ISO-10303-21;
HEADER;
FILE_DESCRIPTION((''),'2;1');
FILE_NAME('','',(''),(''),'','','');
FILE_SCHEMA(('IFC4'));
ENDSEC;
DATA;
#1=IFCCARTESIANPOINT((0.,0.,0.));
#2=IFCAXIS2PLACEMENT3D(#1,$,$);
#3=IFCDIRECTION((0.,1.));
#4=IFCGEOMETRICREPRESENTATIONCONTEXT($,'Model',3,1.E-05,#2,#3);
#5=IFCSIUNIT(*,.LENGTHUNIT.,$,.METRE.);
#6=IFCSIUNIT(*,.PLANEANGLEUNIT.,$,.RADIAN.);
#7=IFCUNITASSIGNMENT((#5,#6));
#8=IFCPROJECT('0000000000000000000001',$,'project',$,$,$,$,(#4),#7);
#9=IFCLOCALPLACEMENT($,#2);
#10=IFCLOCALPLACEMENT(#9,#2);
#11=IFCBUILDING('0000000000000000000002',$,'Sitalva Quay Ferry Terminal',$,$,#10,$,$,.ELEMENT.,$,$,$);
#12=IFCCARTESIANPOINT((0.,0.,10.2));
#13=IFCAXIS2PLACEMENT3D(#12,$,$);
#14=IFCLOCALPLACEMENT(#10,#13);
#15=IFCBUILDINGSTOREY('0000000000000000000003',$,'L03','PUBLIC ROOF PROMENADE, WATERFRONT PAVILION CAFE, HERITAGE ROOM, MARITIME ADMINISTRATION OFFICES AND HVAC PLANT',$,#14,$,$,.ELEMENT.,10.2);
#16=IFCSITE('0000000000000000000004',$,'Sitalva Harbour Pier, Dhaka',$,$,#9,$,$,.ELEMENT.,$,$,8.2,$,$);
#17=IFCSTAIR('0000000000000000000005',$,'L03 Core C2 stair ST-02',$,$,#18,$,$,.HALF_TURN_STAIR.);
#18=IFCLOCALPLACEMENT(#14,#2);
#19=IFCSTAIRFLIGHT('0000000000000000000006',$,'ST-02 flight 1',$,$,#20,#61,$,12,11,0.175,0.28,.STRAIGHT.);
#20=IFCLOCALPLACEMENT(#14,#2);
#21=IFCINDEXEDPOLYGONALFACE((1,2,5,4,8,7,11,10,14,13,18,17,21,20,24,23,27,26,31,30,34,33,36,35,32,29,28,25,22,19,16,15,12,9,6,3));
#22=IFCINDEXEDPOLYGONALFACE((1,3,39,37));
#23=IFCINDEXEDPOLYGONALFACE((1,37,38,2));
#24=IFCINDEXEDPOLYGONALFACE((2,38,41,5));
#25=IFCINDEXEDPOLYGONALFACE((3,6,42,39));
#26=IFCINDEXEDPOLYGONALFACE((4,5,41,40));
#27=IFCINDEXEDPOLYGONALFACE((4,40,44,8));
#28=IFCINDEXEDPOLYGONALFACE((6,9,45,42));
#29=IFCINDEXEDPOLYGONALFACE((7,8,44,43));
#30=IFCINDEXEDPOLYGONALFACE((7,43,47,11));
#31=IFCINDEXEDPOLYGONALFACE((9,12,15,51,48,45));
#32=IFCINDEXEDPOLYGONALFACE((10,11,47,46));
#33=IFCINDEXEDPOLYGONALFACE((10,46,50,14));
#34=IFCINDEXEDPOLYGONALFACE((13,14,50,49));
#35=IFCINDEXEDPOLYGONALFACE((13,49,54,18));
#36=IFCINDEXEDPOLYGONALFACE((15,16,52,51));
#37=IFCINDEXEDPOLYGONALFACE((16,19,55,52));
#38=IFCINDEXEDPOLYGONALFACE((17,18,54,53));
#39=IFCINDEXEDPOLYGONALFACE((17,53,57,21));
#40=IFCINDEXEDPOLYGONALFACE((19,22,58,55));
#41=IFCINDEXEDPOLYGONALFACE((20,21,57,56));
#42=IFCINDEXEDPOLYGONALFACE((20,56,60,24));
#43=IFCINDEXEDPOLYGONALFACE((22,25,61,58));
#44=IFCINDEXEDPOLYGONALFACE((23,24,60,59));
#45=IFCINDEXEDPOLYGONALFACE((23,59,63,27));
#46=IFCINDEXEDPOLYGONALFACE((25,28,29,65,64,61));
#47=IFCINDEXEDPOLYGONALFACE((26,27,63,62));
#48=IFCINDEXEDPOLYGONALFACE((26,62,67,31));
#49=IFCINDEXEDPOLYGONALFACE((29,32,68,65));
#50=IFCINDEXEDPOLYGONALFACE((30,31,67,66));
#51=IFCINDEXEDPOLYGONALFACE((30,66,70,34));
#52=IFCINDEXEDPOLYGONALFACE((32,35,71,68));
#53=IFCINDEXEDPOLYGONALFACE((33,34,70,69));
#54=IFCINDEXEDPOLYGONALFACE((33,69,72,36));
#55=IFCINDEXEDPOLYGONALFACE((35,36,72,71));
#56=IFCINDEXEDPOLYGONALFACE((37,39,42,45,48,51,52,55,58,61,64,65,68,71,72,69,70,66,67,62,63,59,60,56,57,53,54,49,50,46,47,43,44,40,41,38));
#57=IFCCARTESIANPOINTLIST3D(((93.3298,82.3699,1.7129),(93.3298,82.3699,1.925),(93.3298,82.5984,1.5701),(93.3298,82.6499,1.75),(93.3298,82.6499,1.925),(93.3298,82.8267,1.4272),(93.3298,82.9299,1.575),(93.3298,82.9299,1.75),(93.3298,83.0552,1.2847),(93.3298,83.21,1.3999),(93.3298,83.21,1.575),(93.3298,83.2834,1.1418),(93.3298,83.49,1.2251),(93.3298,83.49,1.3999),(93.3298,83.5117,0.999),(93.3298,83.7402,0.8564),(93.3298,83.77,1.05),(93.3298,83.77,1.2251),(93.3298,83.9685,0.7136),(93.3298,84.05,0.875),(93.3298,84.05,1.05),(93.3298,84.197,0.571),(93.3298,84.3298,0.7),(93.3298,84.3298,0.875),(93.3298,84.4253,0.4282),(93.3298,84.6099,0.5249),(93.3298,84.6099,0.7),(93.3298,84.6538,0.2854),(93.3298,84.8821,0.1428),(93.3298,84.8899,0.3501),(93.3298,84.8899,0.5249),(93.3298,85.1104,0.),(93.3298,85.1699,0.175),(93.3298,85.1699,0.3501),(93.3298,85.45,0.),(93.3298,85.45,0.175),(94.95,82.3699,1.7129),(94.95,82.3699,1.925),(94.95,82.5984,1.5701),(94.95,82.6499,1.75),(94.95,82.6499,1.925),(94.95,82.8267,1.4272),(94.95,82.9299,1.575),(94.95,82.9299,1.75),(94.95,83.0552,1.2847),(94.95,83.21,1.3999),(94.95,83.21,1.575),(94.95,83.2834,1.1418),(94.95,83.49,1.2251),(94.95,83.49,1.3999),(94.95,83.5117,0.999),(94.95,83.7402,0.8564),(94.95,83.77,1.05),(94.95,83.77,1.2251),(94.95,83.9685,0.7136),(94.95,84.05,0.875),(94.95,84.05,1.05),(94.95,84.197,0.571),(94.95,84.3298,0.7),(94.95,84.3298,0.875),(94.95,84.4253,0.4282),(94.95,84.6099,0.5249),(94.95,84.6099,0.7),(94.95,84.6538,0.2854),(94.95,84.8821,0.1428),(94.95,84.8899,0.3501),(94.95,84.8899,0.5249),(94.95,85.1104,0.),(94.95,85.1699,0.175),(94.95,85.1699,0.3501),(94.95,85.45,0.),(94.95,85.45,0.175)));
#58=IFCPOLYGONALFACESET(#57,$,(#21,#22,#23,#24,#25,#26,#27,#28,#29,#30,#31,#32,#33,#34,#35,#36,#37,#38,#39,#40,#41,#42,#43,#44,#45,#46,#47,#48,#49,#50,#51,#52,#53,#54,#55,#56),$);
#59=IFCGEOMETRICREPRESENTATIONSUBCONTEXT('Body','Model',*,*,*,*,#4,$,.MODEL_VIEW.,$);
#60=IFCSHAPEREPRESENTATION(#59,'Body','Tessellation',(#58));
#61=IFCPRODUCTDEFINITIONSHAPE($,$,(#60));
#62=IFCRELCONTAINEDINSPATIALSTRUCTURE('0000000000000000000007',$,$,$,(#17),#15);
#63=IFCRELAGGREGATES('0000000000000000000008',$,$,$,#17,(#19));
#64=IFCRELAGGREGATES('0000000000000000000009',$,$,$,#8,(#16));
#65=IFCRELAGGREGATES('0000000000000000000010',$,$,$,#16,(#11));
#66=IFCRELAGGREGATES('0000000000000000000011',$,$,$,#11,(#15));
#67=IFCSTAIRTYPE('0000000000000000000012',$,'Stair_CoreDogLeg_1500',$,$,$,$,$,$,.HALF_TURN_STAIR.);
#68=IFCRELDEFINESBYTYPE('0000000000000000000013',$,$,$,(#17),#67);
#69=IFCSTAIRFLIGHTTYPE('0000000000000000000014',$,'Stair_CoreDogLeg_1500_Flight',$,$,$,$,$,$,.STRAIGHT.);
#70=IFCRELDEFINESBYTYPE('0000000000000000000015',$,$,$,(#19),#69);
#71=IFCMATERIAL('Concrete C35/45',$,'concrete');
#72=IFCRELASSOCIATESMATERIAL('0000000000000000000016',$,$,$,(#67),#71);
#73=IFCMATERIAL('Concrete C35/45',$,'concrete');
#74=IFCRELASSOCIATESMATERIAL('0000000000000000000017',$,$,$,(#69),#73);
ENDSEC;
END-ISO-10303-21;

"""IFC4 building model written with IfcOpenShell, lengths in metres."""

from ifc_helpers import new_model, si_unit, direction, frame, origin, place, context, subcontext, project, spatial, polyline, outline, extrude, material, type_object, element, aggregate, save


model = new_model("IFC4")

# Units and contexts
model_context = context("Model", 3, precision=1e-05, world=origin(), true_north=direction((0.0, 1.0)))
body_context = subcontext(model_context, "Body", "Model", "MODEL_VIEW")
ifc_project = project(units=[si_unit("LENGTHUNIT", "METRE"), si_unit("PLANEANGLEUNIT", "RADIAN")], contexts=[model_context])

# Site, building, storey
site_placement = place(None, origin())
site = spatial("IfcSite", under=ifc_project, at=site_placement, Name="Sitalva Harbour Pier, Dhaka", CompositionType="ELEMENT", RefElevation=8.2)
building_placement = place(site_placement, origin())
building = spatial("IfcBuilding", under=site, at=building_placement, Name="Sitalva Quay Ferry Terminal", CompositionType="ELEMENT")
storey_placement = place(building_placement, frame((0.0, 0.0, 10.2)))
storey = spatial("IfcBuildingStorey", under=building, at=storey_placement, Name="L03", Description="PUBLIC ROOF PROMENADE, WATERFRONT PAVILION CAFE, HERITAGE ROOM, MARITIME ADMINISTRATION OFFICES AND HVAC PLANT", CompositionType="ELEMENT", Elevation=10.2)

# Stair, stair flight
ifc_material_1 = material(Name="Concrete C35/45", Category="concrete")
stair_type = type_object("IfcStairType", Name="Stair_CoreDogLeg_1500", PredefinedType="HALF_TURN_STAIR", material=ifc_material_1)
stair_placement = place(storey_placement, origin())
stair = element("IfcStair", 1, at=stair_placement, inside=storey, type_object=stair_type, Name="L03 Core C2 stair ST-02", PredefinedType="HALF_TURN_STAIR")
ifc_material_2 = material(Name="Concrete C35/45", Category="concrete")
stair_flight_type = type_object("IfcStairFlightType", Name="Stair_CoreDogLeg_1500_Flight", PredefinedType="STRAIGHT", material=ifc_material_2)
stair_flight_placement = place(storey_placement, frame((94.1399, 85.45, 0.0), z_axis=(0.0, 0.0, 1.0), x_axis=(0.0, -1.0, 0.0)))
stair_flight = element("IfcStairFlight", 2, at=stair_flight_placement, type_object=stair_flight_type, Name="ST-02 flight 1", NumberOfRisers=12, NumberOfTreads=11, PredefinedType="STRAIGHT", RiserHeight=0.175, TreadLength=0.28, context=body_context, shape_type="SweptSolid", body=[
    extrude(outline(polyline([(0.0, 0.0), (0.0, 0.175), (0.28, 0.175), (0.28, 0.3501), (0.5601, 0.3501), (0.5601, 0.5249), (0.8401, 0.5249), (0.8401, 0.7), (1.1201, 0.7), (1.1201, 0.875), (1.3999, 0.875), (1.3999, 1.05), (1.6799, 1.05), (1.6799, 1.2251), (1.96, 1.2251), (1.96, 1.3999), (2.24, 1.3999), (2.24, 1.575), (2.52, 1.575), (2.52, 1.75), (2.8, 1.75), (2.8, 1.925), (3.0801, 1.925), (3.0801, 2.1001), (3.0801, 1.7129), (2.8516, 1.5701), (2.6233, 1.4272), (2.3948, 1.2847), (2.1665, 1.1418), (1.9382, 0.999), (1.7097, 0.8564), (1.4814, 0.7136), (1.2529, 0.571), (1.0247, 0.4282), (0.7961, 0.2854), (0.5679, 0.1428), (0.3396, 0.0), (0.0, 0.0)])), frame((0.0, 0.8101, 0.0), z_axis=(0.0, -1.0, 0.0), x_axis=(1.0, 0.0, 0.0)), (0.0, 0.0, 1.0), 1.6201),
])
aggregate(stair, [stair_flight])

save(model, "model.ifc")
